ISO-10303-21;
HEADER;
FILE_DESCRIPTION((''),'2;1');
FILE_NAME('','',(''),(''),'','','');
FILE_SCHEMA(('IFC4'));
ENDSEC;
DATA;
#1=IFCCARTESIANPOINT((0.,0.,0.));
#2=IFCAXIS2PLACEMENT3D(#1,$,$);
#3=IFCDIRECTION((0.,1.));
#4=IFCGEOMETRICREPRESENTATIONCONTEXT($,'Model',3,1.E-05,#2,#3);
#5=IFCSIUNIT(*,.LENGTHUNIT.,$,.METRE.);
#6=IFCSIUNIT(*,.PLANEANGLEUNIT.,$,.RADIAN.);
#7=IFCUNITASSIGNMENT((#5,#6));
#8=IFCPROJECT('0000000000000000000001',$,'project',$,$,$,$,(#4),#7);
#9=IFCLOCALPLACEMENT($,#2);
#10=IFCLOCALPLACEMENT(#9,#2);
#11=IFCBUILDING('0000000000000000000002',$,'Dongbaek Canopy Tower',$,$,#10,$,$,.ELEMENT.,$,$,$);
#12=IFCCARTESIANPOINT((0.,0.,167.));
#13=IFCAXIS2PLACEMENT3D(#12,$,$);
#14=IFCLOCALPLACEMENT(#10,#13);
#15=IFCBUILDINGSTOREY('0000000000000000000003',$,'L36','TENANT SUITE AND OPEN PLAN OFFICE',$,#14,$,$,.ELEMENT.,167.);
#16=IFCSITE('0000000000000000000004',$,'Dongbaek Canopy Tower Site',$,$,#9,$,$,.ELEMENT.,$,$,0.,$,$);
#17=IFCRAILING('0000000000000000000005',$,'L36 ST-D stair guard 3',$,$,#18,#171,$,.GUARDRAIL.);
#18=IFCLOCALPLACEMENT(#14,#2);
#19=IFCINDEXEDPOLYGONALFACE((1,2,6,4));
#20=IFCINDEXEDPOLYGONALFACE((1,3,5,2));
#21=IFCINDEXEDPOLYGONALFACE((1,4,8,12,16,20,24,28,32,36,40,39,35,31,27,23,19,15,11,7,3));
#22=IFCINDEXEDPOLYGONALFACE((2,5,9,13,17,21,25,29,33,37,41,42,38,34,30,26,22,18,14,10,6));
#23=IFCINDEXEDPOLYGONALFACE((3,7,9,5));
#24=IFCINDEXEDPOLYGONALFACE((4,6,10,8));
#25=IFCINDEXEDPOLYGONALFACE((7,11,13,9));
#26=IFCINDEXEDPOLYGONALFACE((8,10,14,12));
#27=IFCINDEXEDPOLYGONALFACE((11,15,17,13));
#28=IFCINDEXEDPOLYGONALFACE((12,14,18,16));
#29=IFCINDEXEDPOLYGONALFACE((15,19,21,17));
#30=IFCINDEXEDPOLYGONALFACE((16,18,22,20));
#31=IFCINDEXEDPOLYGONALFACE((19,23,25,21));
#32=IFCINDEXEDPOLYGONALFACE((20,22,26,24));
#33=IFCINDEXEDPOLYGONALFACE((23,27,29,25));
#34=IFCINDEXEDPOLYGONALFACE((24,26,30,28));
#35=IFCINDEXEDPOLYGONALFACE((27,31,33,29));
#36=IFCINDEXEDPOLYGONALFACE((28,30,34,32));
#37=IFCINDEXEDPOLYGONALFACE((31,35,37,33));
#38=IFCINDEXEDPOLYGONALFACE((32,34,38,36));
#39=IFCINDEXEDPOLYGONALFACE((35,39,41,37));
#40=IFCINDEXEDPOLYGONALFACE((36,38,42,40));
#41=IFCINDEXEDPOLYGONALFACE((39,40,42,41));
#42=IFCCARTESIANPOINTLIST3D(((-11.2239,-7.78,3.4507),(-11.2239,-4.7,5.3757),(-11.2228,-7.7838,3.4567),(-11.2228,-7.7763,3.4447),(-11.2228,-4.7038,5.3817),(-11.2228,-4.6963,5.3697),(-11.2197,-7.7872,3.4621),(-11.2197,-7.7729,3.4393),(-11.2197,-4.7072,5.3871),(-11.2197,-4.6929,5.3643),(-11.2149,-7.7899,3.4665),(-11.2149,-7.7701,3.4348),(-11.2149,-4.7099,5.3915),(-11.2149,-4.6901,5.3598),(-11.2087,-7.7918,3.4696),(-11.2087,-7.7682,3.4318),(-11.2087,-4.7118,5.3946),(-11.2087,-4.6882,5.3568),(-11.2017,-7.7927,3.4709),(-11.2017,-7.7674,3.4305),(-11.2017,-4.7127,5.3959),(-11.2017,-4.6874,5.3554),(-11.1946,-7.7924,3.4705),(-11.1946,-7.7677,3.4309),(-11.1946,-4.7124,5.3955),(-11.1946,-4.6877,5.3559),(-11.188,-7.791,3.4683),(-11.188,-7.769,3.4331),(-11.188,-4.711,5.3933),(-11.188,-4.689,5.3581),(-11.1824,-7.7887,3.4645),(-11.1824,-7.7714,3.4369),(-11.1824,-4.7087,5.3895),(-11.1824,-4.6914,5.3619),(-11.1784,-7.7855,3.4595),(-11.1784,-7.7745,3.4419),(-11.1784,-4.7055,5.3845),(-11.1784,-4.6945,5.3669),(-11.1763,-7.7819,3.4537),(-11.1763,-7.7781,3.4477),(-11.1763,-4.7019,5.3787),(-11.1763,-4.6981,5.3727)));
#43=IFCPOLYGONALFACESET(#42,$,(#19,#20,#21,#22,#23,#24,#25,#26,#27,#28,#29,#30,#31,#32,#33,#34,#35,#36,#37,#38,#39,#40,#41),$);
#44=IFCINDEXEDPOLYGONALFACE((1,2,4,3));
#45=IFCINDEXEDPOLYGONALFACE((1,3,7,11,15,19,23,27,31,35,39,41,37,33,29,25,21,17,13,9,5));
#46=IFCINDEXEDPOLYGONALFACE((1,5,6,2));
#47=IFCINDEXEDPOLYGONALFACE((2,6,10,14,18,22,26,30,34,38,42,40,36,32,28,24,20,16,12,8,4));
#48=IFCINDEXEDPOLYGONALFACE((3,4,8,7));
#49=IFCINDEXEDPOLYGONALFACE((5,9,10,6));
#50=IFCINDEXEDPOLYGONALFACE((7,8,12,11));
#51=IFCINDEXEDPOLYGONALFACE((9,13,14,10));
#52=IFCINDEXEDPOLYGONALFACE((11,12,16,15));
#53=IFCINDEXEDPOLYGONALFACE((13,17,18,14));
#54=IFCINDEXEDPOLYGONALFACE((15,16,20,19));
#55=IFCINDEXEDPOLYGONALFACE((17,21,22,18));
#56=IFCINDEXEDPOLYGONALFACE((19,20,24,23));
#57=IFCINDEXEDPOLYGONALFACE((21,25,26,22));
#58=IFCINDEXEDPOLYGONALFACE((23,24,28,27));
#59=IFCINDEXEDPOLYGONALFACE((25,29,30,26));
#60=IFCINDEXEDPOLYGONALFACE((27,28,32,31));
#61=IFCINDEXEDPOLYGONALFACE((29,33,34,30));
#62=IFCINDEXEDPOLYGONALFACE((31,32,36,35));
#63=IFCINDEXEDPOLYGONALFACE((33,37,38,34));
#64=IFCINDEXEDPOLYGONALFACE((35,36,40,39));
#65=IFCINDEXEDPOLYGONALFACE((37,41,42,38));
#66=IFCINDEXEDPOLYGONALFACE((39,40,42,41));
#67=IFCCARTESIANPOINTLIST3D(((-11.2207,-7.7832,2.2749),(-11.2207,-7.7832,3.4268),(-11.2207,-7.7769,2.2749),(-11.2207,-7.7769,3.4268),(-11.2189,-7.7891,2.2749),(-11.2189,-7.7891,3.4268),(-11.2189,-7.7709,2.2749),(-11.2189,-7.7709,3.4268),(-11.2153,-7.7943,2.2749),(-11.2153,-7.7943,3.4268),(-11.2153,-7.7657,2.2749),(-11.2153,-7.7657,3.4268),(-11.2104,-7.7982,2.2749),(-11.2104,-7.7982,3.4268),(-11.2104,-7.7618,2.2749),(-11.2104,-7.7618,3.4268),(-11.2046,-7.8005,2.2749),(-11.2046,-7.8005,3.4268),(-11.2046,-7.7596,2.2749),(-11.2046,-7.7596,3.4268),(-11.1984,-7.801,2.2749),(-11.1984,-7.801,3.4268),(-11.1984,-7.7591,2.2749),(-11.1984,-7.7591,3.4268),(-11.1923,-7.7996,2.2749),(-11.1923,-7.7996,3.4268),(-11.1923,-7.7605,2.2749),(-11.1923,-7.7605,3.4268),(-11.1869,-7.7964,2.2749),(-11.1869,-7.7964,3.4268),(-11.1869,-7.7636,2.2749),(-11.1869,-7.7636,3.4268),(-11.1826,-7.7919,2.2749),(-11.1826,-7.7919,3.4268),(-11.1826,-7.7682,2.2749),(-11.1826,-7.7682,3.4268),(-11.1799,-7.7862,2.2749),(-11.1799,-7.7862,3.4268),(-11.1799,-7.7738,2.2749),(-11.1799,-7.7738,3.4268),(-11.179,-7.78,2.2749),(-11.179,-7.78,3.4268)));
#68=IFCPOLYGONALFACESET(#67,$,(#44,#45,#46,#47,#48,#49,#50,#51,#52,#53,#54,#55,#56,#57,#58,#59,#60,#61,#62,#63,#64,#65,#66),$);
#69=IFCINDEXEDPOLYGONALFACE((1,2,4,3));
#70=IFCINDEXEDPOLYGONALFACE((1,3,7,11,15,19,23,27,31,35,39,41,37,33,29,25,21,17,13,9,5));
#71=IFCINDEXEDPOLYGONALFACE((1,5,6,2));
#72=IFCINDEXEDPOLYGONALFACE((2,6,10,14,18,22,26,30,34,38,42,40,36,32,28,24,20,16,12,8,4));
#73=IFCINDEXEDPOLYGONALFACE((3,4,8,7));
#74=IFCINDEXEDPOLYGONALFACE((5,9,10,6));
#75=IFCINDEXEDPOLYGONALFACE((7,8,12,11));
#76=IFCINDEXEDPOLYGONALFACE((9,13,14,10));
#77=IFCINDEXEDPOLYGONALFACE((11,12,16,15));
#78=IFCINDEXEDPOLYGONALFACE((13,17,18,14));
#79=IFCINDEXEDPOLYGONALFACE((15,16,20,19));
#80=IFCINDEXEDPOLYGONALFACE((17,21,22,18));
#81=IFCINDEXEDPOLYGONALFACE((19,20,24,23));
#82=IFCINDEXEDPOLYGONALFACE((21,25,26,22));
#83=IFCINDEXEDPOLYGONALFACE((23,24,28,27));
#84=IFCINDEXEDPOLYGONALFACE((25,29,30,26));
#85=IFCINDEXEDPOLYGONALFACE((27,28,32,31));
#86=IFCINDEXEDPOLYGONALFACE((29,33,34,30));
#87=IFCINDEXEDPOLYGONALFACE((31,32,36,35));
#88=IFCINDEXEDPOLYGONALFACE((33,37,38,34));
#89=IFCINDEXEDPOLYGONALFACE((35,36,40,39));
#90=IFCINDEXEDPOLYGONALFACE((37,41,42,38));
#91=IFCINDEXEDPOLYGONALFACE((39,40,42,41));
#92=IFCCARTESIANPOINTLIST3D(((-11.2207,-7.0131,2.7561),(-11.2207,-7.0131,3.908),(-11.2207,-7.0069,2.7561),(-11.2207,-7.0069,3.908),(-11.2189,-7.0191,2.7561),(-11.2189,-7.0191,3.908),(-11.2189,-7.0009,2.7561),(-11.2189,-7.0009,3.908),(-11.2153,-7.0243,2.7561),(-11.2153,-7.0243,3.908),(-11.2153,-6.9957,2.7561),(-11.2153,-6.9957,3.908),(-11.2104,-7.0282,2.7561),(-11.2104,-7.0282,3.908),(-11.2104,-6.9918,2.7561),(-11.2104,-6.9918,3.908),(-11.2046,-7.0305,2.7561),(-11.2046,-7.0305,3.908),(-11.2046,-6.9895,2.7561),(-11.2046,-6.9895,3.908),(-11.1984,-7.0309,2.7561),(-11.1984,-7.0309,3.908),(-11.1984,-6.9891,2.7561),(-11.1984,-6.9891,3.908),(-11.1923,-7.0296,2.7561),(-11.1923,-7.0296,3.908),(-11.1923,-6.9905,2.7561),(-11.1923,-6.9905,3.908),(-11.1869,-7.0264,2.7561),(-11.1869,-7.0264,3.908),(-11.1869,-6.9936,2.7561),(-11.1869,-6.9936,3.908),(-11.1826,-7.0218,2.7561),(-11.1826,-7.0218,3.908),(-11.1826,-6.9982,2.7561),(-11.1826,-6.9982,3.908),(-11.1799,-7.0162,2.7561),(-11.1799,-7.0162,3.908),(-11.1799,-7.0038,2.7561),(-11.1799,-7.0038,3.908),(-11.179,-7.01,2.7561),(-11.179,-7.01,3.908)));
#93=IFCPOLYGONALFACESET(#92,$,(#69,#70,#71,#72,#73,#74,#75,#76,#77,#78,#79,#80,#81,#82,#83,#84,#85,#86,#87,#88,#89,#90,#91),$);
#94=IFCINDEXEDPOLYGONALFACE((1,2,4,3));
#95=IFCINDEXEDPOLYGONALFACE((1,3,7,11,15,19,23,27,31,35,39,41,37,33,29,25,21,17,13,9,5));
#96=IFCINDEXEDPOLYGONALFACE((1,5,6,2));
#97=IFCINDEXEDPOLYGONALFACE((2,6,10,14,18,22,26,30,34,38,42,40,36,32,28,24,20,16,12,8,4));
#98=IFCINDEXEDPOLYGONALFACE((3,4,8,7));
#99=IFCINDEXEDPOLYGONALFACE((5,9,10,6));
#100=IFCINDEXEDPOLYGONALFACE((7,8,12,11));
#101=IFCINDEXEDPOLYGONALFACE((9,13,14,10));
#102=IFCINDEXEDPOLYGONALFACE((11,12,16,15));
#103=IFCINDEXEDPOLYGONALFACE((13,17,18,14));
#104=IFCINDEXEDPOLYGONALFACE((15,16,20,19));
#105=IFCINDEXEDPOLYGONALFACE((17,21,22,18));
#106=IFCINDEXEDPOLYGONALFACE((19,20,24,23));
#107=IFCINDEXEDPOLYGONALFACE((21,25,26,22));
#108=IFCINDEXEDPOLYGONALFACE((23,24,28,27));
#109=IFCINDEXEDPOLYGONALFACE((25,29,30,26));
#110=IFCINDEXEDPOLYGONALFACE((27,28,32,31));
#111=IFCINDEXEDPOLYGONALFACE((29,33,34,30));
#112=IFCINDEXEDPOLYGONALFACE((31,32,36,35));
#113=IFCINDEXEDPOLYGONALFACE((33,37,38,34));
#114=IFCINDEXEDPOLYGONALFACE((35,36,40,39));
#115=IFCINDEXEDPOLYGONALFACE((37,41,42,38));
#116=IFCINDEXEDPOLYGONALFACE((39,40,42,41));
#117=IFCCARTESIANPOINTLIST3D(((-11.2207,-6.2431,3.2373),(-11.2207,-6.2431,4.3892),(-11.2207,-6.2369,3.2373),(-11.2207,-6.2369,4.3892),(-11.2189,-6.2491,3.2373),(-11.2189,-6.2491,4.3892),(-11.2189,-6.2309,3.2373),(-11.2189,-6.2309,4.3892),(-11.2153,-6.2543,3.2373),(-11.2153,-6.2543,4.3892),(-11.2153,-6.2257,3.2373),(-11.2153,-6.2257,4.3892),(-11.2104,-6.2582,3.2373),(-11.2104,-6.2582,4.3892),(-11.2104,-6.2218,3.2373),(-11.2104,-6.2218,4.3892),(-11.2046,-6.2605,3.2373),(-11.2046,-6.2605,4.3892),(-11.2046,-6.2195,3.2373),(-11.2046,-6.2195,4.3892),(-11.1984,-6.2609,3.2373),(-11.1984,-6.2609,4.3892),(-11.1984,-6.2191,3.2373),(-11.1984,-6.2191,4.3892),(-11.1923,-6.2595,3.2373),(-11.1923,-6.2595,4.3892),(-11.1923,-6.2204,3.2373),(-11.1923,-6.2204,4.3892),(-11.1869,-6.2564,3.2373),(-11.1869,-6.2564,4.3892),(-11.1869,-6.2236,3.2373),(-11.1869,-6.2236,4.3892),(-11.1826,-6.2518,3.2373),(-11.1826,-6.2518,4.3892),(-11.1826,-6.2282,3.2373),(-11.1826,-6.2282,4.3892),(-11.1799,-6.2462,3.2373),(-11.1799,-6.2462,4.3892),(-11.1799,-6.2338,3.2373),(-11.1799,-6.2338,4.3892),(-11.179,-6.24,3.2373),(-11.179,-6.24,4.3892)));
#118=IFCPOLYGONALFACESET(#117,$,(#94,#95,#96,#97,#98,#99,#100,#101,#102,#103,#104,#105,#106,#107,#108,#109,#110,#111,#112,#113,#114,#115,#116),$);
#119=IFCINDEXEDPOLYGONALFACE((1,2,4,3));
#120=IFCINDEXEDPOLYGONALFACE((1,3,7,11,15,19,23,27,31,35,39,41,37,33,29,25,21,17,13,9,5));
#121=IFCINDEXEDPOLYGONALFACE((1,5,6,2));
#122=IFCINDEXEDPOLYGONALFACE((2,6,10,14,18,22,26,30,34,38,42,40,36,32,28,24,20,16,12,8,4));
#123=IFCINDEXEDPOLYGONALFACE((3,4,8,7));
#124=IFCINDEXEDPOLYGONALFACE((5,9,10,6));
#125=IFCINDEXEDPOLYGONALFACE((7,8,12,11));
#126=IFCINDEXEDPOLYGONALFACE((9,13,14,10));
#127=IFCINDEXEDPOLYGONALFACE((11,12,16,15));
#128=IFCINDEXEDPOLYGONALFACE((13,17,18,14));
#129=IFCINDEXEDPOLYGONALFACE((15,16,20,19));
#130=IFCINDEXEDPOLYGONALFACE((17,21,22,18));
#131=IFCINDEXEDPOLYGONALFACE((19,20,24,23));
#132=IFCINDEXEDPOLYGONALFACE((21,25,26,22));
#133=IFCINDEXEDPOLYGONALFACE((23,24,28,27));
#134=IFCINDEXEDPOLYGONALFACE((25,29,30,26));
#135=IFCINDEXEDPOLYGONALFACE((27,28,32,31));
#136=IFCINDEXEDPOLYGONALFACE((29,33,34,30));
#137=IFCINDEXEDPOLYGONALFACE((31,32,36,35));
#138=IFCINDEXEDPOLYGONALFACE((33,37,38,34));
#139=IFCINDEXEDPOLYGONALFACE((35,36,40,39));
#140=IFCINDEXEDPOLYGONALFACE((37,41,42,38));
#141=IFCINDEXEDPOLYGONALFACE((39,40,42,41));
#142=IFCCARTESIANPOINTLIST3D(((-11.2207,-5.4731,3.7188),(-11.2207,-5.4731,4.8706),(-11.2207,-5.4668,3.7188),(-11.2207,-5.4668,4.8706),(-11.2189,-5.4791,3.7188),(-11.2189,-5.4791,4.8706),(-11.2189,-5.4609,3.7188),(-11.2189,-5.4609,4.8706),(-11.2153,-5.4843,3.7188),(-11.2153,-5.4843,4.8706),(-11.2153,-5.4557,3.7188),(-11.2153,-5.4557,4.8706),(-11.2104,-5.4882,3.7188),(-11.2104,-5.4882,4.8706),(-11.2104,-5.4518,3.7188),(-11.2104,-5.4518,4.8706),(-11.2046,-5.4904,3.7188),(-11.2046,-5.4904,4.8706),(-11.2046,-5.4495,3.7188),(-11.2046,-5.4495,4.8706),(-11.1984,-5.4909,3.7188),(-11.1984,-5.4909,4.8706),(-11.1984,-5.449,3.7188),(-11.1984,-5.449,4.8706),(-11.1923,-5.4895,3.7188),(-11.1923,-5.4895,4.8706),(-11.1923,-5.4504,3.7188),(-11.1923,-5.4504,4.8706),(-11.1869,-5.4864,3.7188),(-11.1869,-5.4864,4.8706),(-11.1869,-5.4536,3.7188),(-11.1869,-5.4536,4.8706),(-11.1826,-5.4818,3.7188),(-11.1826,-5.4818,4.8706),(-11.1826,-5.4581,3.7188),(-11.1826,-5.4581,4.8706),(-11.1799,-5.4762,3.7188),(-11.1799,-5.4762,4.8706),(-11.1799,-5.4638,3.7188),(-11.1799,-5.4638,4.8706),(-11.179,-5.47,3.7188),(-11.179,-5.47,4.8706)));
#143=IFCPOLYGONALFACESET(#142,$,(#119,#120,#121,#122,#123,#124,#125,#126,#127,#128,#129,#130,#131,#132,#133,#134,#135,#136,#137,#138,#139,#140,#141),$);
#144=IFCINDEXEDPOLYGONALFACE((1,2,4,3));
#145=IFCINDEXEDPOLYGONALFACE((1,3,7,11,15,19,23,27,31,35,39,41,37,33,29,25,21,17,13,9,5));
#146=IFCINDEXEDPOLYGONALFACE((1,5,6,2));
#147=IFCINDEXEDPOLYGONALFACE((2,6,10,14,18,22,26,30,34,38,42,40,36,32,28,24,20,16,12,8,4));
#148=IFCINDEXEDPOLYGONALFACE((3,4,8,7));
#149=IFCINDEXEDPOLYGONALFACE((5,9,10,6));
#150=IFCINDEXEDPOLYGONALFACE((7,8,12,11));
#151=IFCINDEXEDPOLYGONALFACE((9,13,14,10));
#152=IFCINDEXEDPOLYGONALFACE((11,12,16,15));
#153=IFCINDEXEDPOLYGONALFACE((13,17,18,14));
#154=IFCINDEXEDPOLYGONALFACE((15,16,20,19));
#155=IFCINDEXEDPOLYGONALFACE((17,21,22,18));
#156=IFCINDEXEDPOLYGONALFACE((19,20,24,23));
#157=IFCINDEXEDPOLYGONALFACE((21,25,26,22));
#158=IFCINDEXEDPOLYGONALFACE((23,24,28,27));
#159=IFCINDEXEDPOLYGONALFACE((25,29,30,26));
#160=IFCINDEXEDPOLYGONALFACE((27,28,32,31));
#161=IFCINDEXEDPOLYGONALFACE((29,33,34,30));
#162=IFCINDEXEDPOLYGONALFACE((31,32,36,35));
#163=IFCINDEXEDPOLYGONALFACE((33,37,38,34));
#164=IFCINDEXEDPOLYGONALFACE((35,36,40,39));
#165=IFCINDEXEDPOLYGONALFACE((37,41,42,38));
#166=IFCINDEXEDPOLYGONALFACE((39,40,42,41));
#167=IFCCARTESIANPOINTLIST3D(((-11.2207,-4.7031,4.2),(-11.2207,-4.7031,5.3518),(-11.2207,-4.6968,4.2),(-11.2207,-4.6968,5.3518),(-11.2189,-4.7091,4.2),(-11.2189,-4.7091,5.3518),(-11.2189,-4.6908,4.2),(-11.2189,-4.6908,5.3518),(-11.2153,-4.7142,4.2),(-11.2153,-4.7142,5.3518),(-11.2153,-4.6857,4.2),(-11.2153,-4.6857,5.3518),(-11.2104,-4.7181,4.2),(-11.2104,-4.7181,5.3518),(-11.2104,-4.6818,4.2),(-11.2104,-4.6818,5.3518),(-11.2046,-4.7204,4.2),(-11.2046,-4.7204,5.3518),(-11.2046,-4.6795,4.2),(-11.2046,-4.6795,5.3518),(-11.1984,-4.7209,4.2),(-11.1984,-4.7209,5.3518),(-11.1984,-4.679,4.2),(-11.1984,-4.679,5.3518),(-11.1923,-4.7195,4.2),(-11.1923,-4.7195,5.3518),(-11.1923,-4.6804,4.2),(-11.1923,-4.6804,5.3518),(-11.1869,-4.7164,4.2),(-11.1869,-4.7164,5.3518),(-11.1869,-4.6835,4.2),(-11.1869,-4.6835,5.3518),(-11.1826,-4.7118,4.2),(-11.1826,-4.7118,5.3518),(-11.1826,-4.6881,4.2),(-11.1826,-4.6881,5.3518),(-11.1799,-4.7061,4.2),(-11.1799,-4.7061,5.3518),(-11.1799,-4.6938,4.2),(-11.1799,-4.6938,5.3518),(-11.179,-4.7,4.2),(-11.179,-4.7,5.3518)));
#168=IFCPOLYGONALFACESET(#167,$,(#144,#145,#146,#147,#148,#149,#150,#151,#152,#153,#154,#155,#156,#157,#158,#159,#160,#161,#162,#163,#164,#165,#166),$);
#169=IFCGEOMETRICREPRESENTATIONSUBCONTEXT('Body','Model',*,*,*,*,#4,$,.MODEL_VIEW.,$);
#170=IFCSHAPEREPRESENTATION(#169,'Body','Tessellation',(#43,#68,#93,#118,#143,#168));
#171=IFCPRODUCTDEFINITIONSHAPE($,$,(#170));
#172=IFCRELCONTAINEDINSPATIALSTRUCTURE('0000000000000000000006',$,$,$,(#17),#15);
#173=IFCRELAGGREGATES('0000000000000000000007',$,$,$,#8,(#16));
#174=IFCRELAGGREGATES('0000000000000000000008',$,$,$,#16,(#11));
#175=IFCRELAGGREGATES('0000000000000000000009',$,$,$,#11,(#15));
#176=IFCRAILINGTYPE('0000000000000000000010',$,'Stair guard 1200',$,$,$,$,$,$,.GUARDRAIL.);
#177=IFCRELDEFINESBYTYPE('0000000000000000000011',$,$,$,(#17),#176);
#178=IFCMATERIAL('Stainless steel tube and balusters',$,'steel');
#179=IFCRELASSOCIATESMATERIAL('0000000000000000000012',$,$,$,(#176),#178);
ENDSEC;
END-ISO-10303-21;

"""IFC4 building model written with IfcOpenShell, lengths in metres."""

from ifc_helpers import new_model, si_unit, direction, frame, origin, origin_2d, place, context, subcontext, project, spatial, circle, extrude, material, type_object, element, save


model = new_model("IFC4")

# Units and contexts
model_context = context("Model", 3, precision=1e-05, world=origin(), true_north=direction((0.0, 1.0)))
body_context = subcontext(model_context, "Body", "Model", "MODEL_VIEW")
ifc_project = project(units=[si_unit("LENGTHUNIT", "METRE"), si_unit("PLANEANGLEUNIT", "RADIAN")], contexts=[model_context])

# Site, building, storey
site_placement = place(None, origin())
site = spatial("IfcSite", under=ifc_project, at=site_placement, Name="Dongbaek Canopy Tower Site", CompositionType="ELEMENT", RefElevation=0.0)
building_placement = place(site_placement, origin())
building = spatial("IfcBuilding", under=site, at=building_placement, Name="Dongbaek Canopy Tower", CompositionType="ELEMENT")
storey_placement = place(building_placement, frame((0.0, 0.0, 167.0)))
storey = spatial("IfcBuildingStorey", under=building, at=storey_placement, Name="L36", Description="TENANT SUITE AND OPEN PLAN OFFICE", CompositionType="ELEMENT", Elevation=167.0)

# Railing
ifc_material_1 = material(Name="Stainless steel tube and balusters", Category="steel")
railing_type_1 = type_object("IfcRailingType", Name="Stair guard 1200", PredefinedType="GUARDRAIL", material=ifc_material_1)
railing_1_placement = place(storey_placement, frame((-11.2, -7.78, 2.2749)))
element("IfcRailing", 1, at=railing_1_placement, inside=storey, type_object=railing_type_1, Name="L36 ST-D stair guard 3", PredefinedType="GUARDRAIL", context=body_context, shape_type="SweptSolid", body=[
    extrude(circle(Radius=0.0239, at=origin_2d()), frame((0.0, 0.0, 1.1758), z_axis=(0.0, 0.847998, 0.529999), x_axis=(-1.0, 0.0, 0.0)), (0.0, 0.0, 1.0), 3.6321),
    extrude(circle(Radius=0.021, at=origin_2d()), origin(), (0.0, 0.0, 1.0), 1.1519),
    extrude(circle(Radius=0.021, at=origin_2d()), frame((0.0, 0.77, 0.4812)), (0.0, 0.0, 1.0), 1.1519),
    extrude(circle(Radius=0.021, at=origin_2d()), frame((0.0, 1.54, 0.9624)), (0.0, 0.0, 1.0), 1.1519),
    extrude(circle(Radius=0.021, at=origin_2d()), frame((0.0, 2.3101, 1.4438)), (0.0, 0.0, 1.0), 1.1519),
    extrude(circle(Radius=0.021, at=origin_2d()), frame((0.0, 3.0801, 1.925)), (0.0, 0.0, 1.0), 1.1519),
])

save(model, "model.ifc")
